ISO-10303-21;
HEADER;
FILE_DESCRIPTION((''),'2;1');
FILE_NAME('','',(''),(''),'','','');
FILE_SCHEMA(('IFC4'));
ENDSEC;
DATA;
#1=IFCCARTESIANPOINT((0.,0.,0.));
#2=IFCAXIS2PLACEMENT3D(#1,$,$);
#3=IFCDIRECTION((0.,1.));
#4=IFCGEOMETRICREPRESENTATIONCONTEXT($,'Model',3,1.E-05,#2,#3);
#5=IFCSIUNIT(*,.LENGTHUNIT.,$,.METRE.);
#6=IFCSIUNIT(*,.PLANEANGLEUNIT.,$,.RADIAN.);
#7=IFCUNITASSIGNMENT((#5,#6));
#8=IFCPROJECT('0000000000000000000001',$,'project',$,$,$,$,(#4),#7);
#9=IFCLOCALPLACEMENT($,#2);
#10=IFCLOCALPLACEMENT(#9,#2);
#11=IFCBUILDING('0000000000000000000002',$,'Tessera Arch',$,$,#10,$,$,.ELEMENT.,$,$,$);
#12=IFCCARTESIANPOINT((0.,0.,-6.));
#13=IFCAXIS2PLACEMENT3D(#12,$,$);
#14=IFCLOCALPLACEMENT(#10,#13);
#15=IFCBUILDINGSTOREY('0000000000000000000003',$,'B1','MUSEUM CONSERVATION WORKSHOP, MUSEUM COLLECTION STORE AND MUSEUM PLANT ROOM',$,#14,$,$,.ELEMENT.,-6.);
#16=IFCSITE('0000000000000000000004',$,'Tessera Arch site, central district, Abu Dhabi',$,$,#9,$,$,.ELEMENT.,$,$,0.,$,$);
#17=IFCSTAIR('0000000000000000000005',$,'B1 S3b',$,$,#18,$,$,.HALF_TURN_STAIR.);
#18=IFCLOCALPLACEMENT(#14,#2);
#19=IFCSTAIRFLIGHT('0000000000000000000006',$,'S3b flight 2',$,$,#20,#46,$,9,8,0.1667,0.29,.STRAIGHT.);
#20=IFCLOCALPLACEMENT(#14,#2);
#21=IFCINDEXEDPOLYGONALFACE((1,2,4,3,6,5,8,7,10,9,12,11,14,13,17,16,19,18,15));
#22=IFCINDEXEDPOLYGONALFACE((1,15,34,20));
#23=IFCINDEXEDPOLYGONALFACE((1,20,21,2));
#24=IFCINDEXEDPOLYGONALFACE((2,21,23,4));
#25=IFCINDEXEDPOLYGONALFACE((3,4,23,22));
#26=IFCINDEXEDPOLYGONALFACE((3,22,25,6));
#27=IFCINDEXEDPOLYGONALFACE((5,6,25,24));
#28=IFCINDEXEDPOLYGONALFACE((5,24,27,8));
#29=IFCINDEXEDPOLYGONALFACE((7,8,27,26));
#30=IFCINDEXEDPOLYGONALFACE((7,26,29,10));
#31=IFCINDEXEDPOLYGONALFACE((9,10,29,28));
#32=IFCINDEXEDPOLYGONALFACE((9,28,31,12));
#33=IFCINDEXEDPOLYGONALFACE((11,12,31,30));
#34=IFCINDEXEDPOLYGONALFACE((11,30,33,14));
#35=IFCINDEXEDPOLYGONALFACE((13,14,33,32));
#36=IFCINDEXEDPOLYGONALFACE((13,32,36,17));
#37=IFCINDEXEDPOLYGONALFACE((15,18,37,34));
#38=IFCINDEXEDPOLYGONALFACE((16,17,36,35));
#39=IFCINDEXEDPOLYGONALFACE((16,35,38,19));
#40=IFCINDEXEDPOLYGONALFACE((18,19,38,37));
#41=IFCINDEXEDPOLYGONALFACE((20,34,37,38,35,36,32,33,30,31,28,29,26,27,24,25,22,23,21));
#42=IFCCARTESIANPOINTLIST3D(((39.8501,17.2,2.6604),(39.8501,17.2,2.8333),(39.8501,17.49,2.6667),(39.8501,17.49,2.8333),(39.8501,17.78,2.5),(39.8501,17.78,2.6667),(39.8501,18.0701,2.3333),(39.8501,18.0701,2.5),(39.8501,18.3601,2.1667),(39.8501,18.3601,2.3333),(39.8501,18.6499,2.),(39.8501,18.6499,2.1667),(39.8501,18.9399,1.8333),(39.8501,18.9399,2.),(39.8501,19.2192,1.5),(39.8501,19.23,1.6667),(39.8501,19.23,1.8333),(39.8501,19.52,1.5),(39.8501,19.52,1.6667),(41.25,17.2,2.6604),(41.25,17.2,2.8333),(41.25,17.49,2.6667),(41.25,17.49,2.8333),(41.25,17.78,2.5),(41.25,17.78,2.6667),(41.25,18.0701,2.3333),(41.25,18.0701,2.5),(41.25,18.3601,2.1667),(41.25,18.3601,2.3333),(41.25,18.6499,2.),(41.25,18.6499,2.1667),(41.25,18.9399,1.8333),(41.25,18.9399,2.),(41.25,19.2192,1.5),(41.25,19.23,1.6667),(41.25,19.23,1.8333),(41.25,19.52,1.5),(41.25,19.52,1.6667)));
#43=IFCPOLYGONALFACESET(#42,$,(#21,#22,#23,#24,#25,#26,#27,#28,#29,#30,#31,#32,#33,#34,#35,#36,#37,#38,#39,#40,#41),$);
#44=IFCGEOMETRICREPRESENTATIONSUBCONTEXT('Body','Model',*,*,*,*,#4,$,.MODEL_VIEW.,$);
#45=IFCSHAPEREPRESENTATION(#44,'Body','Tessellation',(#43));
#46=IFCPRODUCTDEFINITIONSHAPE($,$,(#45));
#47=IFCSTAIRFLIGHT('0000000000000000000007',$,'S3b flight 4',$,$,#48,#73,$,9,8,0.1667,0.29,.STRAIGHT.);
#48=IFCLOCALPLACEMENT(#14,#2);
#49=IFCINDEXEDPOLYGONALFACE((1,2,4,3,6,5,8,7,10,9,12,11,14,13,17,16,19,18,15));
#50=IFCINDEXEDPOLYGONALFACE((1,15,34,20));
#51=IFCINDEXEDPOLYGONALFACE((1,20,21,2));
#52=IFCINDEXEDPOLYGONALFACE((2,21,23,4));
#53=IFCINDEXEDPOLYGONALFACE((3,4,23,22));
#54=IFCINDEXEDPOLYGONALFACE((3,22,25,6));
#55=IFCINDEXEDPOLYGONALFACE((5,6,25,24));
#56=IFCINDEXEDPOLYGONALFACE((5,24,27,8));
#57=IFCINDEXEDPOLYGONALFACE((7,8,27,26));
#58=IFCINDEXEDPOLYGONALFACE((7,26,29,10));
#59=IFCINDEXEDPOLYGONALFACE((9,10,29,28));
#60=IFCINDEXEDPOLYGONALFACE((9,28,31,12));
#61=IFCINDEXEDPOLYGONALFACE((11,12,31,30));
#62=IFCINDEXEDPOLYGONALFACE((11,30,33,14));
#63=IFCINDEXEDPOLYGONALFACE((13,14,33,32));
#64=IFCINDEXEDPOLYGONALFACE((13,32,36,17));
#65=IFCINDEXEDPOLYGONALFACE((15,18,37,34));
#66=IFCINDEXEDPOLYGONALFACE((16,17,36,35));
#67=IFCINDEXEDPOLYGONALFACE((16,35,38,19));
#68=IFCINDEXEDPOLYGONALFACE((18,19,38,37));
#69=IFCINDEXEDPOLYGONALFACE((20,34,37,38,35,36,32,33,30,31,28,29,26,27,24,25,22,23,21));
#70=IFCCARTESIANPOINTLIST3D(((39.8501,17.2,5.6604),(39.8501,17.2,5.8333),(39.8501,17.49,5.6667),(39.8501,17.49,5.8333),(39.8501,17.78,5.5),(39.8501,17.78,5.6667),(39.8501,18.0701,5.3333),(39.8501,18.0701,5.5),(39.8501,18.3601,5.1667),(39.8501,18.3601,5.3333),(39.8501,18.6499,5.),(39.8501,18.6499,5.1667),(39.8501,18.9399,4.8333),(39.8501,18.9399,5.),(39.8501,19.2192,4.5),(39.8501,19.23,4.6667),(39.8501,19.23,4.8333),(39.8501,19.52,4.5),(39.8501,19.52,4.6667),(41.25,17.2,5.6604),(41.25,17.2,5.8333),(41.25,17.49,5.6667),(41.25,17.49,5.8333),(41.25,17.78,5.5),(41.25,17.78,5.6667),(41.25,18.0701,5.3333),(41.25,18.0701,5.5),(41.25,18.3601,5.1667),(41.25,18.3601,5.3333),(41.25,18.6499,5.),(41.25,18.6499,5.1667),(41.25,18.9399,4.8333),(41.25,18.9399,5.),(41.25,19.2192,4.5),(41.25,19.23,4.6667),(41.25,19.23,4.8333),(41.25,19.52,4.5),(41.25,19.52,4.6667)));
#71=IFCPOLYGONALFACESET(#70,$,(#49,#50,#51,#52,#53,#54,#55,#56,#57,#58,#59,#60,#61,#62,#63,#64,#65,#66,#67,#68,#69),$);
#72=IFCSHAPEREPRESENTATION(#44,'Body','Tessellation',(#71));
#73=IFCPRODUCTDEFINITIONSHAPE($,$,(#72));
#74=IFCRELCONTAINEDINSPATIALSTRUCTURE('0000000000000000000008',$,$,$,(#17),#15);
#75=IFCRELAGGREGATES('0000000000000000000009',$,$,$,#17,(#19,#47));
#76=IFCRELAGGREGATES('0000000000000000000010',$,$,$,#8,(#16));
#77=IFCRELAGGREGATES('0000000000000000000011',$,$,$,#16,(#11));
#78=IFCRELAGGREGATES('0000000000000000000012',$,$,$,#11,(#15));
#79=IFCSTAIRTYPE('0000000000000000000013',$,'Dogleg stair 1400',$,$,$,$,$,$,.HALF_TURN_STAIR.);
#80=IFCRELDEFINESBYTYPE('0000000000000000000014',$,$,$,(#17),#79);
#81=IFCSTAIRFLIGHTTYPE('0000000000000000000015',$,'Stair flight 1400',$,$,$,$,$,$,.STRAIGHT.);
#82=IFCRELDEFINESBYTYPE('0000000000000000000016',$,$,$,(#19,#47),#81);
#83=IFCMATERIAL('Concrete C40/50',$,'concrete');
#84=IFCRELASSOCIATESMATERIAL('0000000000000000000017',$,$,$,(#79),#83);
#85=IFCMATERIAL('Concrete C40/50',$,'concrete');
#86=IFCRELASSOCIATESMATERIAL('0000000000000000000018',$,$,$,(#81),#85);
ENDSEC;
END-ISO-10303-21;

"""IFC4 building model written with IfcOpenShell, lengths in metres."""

from ifc_helpers import new_model, si_unit, direction, frame, origin, place, context, subcontext, project, spatial, polyline, outline, extrude, material, type_object, element, aggregate, save


model = new_model("IFC4")

# Units and contexts
model_context = context("Model", 3, precision=1e-05, world=origin(), true_north=direction((0.0, 1.0)))
body_context = subcontext(model_context, "Body", "Model", "MODEL_VIEW")
ifc_project = project(units=[si_unit("LENGTHUNIT", "METRE"), si_unit("PLANEANGLEUNIT", "RADIAN")], contexts=[model_context])

# Site, building, storey
site_placement = place(None, origin())
site = spatial("IfcSite", under=ifc_project, at=site_placement, Name="Tessera Arch site, central district, Abu Dhabi", CompositionType="ELEMENT", RefElevation=0.0)
building_placement = place(site_placement, origin())
building = spatial("IfcBuilding", under=site, at=building_placement, Name="Tessera Arch", CompositionType="ELEMENT")
storey_placement = place(building_placement, frame((0.0, 0.0, -6.0)))
storey = spatial("IfcBuildingStorey", under=building, at=storey_placement, Name="B1", Description="MUSEUM CONSERVATION WORKSHOP, MUSEUM COLLECTION STORE AND MUSEUM PLANT ROOM", CompositionType="ELEMENT", Elevation=-6.0)

# Stair, stair flights
ifc_material_1 = material(Name="Concrete C40/50", Category="concrete")
stair_type = type_object("IfcStairType", Name="Dogleg stair 1400", PredefinedType="HALF_TURN_STAIR", material=ifc_material_1)
stair_placement = place(storey_placement, origin())
stair = element("IfcStair", 1, at=stair_placement, inside=storey, type_object=stair_type, Name="B1 S3b", PredefinedType="HALF_TURN_STAIR")
ifc_material_2 = material(Name="Concrete C40/50", Category="concrete")
stair_flight_type = type_object("IfcStairFlightType", Name="Stair flight 1400", PredefinedType="STRAIGHT", material=ifc_material_2)
stair_flight_1_placement = place(storey_placement, frame((40.55, 19.52, 1.5), z_axis=(0.0, 0.0, 1.0), x_axis=(0.0, -1.0, 0.0)))
stair_flight_1 = element("IfcStairFlight", 2, at=stair_flight_1_placement, type_object=stair_flight_type, Name="S3b flight 2", NumberOfRisers=9, NumberOfTreads=8, PredefinedType="STRAIGHT", RiserHeight=0.1667, TreadLength=0.29, context=body_context, shape_type="SweptSolid", body=[
    extrude(outline(polyline([(0.0, 0.0), (0.0, 0.1667), (0.29, 0.1667), (0.29, 0.3333), (0.5801, 0.3333), (0.5801, 0.5), (0.8701, 0.5), (0.8701, 0.6667), (1.1599, 0.6667), (1.1599, 0.8333), (1.45, 0.8333), (1.45, 1.0), (1.74, 1.0), (1.74, 1.1667), (2.03, 1.1667), (2.03, 1.3333), (2.3201, 1.3333), (2.3201, 1.5), (2.3201, 1.1604), (0.3008, 0.0), (0.0, 0.0)])), frame((0.0, 0.7, 0.0), z_axis=(0.0, -1.0, 0.0), x_axis=(1.0, 0.0, 0.0)), (0.0, 0.0, 1.0), 1.3999),
])
stair_flight_2_placement = place(storey_placement, frame((40.55, 19.52, 4.5), z_axis=(0.0, 0.0, 1.0), x_axis=(0.0, -1.0, 0.0)))
stair_flight_2 = element("IfcStairFlight", 3, at=stair_flight_2_placement, type_object=stair_flight_type, Name="S3b flight 4", NumberOfRisers=9, NumberOfTreads=8, PredefinedType="STRAIGHT", RiserHeight=0.1667, TreadLength=0.29, context=body_context, shape_type="SweptSolid", body=[
    extrude(outline(polyline([(0.0, 0.0), (0.0, 0.1667), (0.29, 0.1667), (0.29, 0.3333), (0.5801, 0.3333), (0.5801, 0.5), (0.8701, 0.5), (0.8701, 0.6667), (1.1599, 0.6667), (1.1599, 0.8333), (1.45, 0.8333), (1.45, 1.0), (1.74, 1.0), (1.74, 1.1667), (2.03, 1.1667), (2.03, 1.3333), (2.3201, 1.3333), (2.3201, 1.5), (2.3201, 1.1604), (0.3008, 0.0), (0.0, 0.0)])), frame((0.0, 0.7, 0.0), z_axis=(0.0, -1.0, 0.0), x_axis=(1.0, 0.0, 0.0)), (0.0, 0.0, 1.0), 1.3999),
])
aggregate(stair, [stair_flight_1, stair_flight_2])

save(model, "model.ifc")
